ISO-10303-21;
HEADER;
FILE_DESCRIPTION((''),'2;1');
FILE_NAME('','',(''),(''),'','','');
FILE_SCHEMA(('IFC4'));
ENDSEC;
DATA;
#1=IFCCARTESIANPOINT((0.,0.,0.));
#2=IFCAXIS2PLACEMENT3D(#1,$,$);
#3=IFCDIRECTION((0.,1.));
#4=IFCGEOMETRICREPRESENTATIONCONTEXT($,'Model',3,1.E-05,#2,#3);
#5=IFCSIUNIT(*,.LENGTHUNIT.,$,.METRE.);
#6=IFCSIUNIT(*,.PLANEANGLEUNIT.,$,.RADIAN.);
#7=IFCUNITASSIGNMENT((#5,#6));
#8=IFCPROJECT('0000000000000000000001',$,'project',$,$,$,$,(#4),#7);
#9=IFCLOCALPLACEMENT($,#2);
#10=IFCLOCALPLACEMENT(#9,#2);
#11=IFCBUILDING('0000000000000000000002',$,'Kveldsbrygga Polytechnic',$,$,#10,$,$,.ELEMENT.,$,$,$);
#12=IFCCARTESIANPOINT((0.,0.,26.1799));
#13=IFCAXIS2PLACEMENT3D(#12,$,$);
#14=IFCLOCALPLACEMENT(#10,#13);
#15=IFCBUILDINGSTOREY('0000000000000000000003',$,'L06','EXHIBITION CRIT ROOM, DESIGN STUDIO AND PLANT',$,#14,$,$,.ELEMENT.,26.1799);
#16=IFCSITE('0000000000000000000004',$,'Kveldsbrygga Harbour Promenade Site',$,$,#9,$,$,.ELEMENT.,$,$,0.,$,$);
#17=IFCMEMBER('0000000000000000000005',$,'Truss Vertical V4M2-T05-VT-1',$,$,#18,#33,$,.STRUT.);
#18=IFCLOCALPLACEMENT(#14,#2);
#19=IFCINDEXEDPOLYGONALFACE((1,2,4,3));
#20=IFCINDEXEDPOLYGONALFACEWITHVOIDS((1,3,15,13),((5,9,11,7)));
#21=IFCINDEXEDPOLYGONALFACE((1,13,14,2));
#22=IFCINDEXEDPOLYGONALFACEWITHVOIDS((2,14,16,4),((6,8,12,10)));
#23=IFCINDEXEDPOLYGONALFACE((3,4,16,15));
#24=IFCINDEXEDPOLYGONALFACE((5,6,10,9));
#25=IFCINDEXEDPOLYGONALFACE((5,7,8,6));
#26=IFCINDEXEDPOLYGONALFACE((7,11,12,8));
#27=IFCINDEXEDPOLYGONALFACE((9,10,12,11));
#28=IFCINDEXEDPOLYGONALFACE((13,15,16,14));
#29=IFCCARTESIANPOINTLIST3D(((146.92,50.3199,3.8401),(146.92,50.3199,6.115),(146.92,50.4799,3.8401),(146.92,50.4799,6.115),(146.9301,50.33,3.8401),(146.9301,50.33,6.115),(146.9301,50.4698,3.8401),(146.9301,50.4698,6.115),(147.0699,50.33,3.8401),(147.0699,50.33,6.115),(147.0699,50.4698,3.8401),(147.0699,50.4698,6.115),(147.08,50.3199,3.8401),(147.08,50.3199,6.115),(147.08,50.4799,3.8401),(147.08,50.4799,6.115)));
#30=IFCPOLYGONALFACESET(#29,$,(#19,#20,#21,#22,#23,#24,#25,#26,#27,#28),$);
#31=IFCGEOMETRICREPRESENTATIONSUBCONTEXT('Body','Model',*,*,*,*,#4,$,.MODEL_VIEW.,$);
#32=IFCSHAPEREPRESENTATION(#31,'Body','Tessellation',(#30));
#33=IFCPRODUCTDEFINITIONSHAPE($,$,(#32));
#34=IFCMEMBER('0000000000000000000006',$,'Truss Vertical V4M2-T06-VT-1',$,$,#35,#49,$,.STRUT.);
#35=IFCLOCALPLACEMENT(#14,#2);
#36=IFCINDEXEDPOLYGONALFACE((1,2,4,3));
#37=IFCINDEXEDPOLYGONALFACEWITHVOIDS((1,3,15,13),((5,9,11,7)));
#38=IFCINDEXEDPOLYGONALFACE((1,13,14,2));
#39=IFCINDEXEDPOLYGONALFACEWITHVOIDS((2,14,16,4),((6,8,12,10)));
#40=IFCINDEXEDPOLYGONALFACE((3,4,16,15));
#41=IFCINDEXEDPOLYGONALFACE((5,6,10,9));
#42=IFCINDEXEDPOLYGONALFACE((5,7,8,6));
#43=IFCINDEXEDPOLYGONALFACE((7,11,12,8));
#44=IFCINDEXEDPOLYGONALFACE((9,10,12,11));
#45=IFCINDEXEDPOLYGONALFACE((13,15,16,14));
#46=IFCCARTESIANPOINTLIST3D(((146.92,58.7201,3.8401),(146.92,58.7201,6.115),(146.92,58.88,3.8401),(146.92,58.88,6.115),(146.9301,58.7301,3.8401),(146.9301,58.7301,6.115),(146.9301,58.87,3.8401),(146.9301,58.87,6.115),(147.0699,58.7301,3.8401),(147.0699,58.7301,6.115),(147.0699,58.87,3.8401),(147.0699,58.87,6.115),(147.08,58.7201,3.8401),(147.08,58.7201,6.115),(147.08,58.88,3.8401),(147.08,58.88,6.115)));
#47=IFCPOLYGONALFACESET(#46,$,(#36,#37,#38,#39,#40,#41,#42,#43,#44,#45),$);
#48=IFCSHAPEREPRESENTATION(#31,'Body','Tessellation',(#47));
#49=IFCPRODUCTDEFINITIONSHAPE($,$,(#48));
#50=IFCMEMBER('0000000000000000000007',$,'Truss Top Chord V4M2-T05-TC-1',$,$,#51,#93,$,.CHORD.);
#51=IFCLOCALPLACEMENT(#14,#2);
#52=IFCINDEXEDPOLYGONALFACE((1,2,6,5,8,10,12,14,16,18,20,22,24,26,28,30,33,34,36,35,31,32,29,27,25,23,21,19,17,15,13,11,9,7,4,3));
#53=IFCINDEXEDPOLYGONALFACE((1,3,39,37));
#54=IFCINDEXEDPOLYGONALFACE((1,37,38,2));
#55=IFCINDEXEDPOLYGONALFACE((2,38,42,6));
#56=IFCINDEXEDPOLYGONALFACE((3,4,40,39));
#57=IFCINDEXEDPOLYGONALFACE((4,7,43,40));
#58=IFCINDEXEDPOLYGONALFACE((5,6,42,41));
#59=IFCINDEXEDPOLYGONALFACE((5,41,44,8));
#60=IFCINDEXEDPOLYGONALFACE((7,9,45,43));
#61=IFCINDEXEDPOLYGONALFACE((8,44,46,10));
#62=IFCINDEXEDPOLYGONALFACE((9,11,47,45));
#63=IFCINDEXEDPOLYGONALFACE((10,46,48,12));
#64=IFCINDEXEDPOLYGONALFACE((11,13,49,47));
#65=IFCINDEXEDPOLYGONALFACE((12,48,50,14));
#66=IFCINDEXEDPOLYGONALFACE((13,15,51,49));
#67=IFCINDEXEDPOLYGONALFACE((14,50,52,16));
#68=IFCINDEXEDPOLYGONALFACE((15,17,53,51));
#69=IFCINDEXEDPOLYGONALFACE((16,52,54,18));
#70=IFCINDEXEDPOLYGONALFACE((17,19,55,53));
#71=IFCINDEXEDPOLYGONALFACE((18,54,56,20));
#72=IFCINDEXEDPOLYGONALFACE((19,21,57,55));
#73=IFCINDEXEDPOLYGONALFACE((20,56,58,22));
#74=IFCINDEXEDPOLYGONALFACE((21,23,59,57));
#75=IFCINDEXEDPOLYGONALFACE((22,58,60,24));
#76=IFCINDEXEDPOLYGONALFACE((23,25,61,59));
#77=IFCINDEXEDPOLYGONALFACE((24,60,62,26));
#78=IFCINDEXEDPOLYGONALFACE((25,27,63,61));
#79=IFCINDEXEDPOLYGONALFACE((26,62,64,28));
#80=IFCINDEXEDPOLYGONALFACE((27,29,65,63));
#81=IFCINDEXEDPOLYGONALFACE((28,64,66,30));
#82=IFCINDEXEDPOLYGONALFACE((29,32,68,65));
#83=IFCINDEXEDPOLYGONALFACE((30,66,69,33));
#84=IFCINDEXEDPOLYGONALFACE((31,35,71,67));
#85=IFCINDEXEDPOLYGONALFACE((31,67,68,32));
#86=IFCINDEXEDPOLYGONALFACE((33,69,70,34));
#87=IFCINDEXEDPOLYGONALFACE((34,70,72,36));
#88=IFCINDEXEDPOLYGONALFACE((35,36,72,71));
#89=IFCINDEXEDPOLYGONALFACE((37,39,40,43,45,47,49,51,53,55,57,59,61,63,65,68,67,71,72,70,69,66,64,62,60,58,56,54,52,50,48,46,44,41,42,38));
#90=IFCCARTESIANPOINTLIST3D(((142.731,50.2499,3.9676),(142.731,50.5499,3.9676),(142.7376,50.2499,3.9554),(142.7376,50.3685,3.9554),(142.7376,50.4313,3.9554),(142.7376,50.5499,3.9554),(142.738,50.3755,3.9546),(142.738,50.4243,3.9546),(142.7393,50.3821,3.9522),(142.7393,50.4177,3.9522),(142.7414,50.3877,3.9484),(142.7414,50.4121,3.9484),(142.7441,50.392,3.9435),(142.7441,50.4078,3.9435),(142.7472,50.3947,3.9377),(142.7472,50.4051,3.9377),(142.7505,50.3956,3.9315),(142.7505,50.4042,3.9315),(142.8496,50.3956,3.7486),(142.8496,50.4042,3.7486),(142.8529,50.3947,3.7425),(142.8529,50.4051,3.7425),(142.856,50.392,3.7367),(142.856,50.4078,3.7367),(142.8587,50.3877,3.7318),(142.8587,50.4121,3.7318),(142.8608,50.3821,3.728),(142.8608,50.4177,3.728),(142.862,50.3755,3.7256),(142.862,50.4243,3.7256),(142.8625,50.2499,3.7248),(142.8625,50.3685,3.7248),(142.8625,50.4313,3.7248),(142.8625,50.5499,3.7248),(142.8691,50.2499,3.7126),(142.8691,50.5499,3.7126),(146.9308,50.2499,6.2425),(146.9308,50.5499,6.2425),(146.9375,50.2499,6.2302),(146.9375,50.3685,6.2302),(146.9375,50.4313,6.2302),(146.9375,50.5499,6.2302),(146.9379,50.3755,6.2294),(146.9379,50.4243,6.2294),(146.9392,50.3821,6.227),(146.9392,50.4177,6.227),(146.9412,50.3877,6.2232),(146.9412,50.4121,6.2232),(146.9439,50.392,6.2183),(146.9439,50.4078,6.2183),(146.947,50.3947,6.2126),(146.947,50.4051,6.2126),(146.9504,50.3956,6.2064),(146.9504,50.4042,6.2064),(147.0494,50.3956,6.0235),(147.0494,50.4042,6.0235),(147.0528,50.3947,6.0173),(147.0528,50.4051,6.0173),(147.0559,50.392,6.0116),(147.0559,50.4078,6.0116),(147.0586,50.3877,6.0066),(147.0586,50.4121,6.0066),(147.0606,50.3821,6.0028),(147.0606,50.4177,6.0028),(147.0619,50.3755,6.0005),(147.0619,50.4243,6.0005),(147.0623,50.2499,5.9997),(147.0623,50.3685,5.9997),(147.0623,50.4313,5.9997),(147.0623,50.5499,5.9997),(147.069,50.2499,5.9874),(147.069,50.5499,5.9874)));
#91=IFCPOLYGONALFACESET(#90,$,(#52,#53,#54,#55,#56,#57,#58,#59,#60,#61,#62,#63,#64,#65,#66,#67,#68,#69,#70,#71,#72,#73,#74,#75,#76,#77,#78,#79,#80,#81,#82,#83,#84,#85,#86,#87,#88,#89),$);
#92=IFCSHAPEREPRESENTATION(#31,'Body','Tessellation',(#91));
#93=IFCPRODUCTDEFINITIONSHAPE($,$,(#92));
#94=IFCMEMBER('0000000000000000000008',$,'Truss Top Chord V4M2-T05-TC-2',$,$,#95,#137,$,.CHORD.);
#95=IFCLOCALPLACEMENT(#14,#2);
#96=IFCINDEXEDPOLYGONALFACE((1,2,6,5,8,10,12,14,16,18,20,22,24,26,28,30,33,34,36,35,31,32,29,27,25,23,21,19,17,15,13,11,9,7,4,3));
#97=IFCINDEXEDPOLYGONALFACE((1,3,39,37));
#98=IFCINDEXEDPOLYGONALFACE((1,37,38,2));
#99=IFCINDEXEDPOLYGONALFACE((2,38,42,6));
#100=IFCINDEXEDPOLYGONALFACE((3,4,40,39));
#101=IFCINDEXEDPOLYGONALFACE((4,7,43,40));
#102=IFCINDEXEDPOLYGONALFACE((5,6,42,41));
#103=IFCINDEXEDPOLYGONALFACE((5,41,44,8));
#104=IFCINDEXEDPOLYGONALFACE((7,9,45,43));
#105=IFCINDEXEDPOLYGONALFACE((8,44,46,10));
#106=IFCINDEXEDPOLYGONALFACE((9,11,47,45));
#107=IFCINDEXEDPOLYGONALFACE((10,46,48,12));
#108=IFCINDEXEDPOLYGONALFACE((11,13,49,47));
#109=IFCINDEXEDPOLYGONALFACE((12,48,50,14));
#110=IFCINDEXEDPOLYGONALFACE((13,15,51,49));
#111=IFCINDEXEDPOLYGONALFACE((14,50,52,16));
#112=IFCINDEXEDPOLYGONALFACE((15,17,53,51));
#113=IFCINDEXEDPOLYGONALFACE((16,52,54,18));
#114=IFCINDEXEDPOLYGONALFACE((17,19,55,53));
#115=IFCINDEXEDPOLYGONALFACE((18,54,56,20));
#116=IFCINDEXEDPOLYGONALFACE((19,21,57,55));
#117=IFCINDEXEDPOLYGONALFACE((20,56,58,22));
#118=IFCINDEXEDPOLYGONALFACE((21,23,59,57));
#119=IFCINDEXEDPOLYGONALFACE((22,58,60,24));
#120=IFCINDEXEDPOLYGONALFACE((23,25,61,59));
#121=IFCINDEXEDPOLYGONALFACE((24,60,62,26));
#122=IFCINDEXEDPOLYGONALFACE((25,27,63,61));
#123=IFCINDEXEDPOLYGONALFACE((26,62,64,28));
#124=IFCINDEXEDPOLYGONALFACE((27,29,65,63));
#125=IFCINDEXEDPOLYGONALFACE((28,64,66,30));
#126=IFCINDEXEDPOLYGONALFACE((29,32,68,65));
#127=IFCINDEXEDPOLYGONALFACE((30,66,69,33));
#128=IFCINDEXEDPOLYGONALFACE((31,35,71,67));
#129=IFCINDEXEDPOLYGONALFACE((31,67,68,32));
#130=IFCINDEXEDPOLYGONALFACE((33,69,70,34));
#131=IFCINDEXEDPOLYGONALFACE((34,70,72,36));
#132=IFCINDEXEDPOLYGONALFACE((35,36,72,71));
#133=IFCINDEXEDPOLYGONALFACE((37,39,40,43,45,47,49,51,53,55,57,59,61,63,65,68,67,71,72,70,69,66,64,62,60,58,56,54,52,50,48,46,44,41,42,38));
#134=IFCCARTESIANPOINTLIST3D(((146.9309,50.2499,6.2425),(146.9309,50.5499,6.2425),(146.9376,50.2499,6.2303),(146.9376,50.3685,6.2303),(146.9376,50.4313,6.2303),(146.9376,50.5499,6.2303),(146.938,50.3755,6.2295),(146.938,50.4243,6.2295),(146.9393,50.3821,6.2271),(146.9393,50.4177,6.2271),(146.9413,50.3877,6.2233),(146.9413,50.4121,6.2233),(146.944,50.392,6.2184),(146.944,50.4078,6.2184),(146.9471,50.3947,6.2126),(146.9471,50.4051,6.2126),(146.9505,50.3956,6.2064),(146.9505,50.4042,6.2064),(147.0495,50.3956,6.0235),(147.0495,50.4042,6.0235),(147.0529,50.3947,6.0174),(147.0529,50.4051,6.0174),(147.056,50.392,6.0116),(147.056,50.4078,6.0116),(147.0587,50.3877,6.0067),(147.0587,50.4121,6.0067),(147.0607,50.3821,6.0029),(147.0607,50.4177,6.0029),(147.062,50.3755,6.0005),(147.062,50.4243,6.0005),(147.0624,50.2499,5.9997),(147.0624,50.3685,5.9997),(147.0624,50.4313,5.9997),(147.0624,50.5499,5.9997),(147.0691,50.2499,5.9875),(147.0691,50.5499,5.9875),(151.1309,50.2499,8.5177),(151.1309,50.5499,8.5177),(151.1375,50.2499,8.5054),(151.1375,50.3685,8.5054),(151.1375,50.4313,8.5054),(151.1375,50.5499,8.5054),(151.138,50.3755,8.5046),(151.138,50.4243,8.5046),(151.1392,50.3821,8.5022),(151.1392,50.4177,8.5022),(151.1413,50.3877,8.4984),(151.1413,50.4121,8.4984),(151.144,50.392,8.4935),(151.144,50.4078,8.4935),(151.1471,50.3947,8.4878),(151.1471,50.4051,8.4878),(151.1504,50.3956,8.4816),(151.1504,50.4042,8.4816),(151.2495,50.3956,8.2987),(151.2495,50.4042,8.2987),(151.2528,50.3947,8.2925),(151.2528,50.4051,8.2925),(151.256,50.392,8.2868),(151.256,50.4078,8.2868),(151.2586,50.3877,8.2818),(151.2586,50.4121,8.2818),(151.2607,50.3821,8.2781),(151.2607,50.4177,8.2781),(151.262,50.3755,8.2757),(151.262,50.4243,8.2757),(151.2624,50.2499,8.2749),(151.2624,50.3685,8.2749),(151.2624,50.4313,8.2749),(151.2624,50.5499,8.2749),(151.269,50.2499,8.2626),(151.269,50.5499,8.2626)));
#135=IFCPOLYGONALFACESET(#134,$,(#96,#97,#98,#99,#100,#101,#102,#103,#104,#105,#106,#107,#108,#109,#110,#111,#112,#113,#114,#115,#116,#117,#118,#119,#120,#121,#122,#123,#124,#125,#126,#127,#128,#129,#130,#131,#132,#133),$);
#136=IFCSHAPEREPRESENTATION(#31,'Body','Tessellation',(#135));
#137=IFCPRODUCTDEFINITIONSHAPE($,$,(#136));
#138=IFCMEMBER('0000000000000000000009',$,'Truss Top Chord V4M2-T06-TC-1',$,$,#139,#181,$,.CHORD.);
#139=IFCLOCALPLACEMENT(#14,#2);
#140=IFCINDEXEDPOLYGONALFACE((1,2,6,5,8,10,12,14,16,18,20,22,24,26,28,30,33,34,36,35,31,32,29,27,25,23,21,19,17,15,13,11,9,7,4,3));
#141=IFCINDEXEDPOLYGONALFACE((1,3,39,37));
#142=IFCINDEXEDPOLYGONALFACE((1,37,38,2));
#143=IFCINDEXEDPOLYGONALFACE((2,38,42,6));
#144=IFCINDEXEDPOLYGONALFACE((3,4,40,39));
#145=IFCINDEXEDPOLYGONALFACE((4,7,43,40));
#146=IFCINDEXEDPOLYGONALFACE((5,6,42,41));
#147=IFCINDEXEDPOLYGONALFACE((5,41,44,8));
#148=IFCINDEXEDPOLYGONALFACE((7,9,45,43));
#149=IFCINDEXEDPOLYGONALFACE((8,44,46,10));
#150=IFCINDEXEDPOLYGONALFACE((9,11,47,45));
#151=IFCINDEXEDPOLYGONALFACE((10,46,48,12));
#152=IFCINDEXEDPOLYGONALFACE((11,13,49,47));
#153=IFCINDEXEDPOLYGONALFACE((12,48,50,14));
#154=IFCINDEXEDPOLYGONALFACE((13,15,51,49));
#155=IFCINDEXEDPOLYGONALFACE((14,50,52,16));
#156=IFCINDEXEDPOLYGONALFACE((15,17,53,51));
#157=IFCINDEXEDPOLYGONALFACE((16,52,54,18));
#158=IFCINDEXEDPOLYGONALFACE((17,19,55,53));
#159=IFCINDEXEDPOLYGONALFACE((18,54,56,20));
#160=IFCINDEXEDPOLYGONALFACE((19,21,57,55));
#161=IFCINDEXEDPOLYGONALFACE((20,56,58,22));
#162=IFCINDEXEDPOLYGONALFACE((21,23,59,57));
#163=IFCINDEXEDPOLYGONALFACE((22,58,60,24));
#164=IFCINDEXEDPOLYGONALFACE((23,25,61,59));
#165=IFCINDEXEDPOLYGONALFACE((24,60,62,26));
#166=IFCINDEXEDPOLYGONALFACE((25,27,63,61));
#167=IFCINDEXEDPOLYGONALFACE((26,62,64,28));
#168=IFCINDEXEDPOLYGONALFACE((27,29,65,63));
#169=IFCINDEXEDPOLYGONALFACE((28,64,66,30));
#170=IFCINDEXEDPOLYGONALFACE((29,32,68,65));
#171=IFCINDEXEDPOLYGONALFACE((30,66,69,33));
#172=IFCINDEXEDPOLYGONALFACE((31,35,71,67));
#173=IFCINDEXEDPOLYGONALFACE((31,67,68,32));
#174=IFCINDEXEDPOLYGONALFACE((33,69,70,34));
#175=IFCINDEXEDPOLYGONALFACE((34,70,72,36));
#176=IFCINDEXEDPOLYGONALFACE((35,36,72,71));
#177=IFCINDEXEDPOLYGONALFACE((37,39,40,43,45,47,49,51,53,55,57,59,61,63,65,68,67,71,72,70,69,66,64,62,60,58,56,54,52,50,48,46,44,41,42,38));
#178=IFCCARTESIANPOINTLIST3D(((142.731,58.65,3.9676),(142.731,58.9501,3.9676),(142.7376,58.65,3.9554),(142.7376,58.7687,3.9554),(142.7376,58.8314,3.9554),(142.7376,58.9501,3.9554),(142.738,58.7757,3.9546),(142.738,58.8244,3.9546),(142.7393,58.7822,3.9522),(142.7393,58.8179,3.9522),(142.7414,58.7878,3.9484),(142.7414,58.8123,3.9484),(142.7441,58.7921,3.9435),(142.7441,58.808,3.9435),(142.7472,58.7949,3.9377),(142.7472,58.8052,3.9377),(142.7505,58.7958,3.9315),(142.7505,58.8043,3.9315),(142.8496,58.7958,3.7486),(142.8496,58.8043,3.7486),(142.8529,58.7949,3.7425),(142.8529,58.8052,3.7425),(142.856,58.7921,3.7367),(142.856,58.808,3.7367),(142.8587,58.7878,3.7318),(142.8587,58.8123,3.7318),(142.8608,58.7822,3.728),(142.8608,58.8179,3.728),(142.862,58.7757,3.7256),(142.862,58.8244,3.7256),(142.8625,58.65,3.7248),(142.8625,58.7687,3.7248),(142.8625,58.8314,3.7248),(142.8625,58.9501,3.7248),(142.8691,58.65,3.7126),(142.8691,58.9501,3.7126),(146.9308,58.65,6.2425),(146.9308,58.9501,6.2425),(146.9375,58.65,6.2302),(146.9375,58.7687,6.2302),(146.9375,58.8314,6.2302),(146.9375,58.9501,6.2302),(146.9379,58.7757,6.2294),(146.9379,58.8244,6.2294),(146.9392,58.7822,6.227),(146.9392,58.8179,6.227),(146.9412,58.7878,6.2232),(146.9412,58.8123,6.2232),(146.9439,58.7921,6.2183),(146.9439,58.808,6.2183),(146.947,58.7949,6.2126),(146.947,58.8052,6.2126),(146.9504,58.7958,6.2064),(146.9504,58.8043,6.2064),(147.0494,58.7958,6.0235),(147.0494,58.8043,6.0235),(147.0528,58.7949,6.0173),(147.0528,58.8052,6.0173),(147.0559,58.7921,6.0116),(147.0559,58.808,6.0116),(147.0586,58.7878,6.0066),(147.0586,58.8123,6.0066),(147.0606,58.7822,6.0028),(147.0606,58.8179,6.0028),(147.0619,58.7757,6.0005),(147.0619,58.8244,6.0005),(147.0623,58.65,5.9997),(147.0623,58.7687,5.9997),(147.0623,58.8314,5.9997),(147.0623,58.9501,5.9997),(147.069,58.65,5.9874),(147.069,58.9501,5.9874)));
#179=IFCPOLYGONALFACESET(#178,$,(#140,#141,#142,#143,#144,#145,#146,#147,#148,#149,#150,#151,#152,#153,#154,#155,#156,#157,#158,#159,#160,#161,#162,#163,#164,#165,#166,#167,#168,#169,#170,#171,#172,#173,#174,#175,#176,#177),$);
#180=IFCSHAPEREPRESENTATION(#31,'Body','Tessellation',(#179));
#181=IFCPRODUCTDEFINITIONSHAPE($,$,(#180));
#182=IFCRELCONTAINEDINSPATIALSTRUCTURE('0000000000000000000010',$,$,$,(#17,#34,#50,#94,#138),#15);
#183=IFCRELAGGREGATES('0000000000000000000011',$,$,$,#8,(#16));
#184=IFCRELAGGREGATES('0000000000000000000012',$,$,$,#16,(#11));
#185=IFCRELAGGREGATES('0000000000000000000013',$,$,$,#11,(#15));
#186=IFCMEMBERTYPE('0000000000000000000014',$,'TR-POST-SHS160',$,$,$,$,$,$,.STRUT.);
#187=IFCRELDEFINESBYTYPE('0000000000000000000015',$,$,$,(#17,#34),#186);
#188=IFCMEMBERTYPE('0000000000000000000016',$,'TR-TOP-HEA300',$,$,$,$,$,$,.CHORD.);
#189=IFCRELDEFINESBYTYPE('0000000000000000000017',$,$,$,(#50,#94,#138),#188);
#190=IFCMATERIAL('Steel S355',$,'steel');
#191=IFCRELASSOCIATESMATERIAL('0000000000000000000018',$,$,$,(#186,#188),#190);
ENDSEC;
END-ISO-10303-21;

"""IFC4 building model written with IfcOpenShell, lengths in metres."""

from ifc_helpers import new_model, si_unit, direction, frame, origin, origin_2d, place, context, subcontext, project, spatial, hollow_rectangle, i_section, extrude, material, material_profile, profile_set, type_object, element, save


model = new_model("IFC4")

# Units and contexts
model_context = context("Model", 3, precision=1e-05, world=origin(), true_north=direction((0.0, 1.0)))
body_context = subcontext(model_context, "Body", "Model", "MODEL_VIEW")
ifc_project = project(units=[si_unit("LENGTHUNIT", "METRE"), si_unit("PLANEANGLEUNIT", "RADIAN")], contexts=[model_context])

# Site, building, storey
site_placement = place(None, origin())
site = spatial("IfcSite", under=ifc_project, at=site_placement, Name="Kveldsbrygga Harbour Promenade Site", CompositionType="ELEMENT", RefElevation=0.0)
building_placement = place(site_placement, origin())
building = spatial("IfcBuilding", under=site, at=building_placement, Name="Kveldsbrygga Polytechnic", CompositionType="ELEMENT")
storey_placement = place(building_placement, frame((0.0, 0.0, 26.1799)))
storey = spatial("IfcBuildingStorey", under=building, at=storey_placement, Name="L06", Description="EXHIBITION CRIT ROOM, DESIGN STUDIO AND PLANT", CompositionType="ELEMENT", Elevation=26.1799)

# Shared definitions
ifc_material_1 = material(Name="Steel S355", Category="steel")

# Members
ifc_material_profile_1 = material_profile(ifc_material_1, hollow_rectangle(XDim=0.1599, YDim=0.1599, WallThickness=0.01, at=origin_2d()), Name="SHS 160x160x10.0")
ifc_profile_set_1 = profile_set([ifc_material_profile_1], Name="Steel S355")
member_type_1 = type_object("IfcMemberType", Name="TR-POST-SHS160", PredefinedType="STRUT", material=ifc_profile_set_1)
for number, where, z_axis, x_axis, name in (
    (1, (147.0, 50.3999, 3.8401), (0.0, 0.0, 1.0), (1.0, 0.0, 0.0), "Truss Vertical V4M2-T05-VT-1"),
    (2, (147.0, 58.8, 3.8401), (0.0, 0.0, 1.0), (1.0, 0.0, 0.0), "Truss Vertical V4M2-T06-VT-1"),
):
    element("IfcMember", number, at=place(storey_placement, frame(where, z_axis=z_axis, x_axis=x_axis)), inside=storey, type_object=member_type_1, Name=name, PredefinedType="STRUT", context=body_context, shape_type="SweptSolid", body=[
        extrude(hollow_rectangle(XDim=0.1599, YDim=0.1599, WallThickness=0.01, at=origin_2d()), origin(), (0.0, 0.0, 1.0), 2.2749),
    ])
ifc_material_profile_2 = material_profile(ifc_material_1, i_section(OverallWidth=0.3, OverallDepth=0.29, WebThickness=0.0085, FlangeThickness=0.0139, FilletRadius=0.0271, at=origin_2d()), Name="HEA 300")
ifc_profile_set_2 = profile_set([ifc_material_profile_2], Name="Steel S355")
member_type_2 = type_object("IfcMemberType", Name="TR-TOP-HEA300", PredefinedType="CHORD", material=ifc_profile_set_2)
member_1_placement = place(storey_placement, frame((142.8, 50.3999, 3.8401), z_axis=(0.879298, 0.0, 0.476272), x_axis=(0.0, 1.0, 0.0)))
element("IfcMember", 3, at=member_1_placement, inside=storey, type_object=member_type_2, Name="Truss Top Chord V4M2-T05-TC-1", PredefinedType="CHORD", context=body_context, shape_type="SweptSolid", body=[
    extrude(i_section(OverallWidth=0.3, OverallDepth=0.29, WebThickness=0.0085, FlangeThickness=0.0139, FilletRadius=0.0271, at=origin_2d()), origin(), (0.0, 0.0, 1.0), 4.7764),
])
member_2_placement = place(storey_placement, frame((147.0, 50.3999, 6.115), z_axis=(0.879277, 0.0, 0.476311), x_axis=(0.0, 1.0, 0.0)))
element("IfcMember", 4, at=member_2_placement, inside=storey, type_object=member_type_2, Name="Truss Top Chord V4M2-T05-TC-2", PredefinedType="CHORD", context=body_context, shape_type="SweptSolid", body=[
    extrude(i_section(OverallWidth=0.3, OverallDepth=0.29, WebThickness=0.0085, FlangeThickness=0.0139, FilletRadius=0.0271, at=origin_2d()), origin(), (0.0, 0.0, 1.0), 4.7766),
])
member_3_placement = place(storey_placement, frame((142.8, 58.8, 3.8401), z_axis=(0.879298, 0.0, 0.476272), x_axis=(0.0, 1.0, 0.0)))
element("IfcMember", 5, at=member_3_placement, inside=storey, type_object=member_type_2, Name="Truss Top Chord V4M2-T06-TC-1", PredefinedType="CHORD", context=body_context, shape_type="SweptSolid", body=[
    extrude(i_section(OverallWidth=0.3, OverallDepth=0.29, WebThickness=0.0085, FlangeThickness=0.0139, FilletRadius=0.0271, at=origin_2d()), origin(), (0.0, 0.0, 1.0), 4.7764),
])

save(model, "model.ifc")
